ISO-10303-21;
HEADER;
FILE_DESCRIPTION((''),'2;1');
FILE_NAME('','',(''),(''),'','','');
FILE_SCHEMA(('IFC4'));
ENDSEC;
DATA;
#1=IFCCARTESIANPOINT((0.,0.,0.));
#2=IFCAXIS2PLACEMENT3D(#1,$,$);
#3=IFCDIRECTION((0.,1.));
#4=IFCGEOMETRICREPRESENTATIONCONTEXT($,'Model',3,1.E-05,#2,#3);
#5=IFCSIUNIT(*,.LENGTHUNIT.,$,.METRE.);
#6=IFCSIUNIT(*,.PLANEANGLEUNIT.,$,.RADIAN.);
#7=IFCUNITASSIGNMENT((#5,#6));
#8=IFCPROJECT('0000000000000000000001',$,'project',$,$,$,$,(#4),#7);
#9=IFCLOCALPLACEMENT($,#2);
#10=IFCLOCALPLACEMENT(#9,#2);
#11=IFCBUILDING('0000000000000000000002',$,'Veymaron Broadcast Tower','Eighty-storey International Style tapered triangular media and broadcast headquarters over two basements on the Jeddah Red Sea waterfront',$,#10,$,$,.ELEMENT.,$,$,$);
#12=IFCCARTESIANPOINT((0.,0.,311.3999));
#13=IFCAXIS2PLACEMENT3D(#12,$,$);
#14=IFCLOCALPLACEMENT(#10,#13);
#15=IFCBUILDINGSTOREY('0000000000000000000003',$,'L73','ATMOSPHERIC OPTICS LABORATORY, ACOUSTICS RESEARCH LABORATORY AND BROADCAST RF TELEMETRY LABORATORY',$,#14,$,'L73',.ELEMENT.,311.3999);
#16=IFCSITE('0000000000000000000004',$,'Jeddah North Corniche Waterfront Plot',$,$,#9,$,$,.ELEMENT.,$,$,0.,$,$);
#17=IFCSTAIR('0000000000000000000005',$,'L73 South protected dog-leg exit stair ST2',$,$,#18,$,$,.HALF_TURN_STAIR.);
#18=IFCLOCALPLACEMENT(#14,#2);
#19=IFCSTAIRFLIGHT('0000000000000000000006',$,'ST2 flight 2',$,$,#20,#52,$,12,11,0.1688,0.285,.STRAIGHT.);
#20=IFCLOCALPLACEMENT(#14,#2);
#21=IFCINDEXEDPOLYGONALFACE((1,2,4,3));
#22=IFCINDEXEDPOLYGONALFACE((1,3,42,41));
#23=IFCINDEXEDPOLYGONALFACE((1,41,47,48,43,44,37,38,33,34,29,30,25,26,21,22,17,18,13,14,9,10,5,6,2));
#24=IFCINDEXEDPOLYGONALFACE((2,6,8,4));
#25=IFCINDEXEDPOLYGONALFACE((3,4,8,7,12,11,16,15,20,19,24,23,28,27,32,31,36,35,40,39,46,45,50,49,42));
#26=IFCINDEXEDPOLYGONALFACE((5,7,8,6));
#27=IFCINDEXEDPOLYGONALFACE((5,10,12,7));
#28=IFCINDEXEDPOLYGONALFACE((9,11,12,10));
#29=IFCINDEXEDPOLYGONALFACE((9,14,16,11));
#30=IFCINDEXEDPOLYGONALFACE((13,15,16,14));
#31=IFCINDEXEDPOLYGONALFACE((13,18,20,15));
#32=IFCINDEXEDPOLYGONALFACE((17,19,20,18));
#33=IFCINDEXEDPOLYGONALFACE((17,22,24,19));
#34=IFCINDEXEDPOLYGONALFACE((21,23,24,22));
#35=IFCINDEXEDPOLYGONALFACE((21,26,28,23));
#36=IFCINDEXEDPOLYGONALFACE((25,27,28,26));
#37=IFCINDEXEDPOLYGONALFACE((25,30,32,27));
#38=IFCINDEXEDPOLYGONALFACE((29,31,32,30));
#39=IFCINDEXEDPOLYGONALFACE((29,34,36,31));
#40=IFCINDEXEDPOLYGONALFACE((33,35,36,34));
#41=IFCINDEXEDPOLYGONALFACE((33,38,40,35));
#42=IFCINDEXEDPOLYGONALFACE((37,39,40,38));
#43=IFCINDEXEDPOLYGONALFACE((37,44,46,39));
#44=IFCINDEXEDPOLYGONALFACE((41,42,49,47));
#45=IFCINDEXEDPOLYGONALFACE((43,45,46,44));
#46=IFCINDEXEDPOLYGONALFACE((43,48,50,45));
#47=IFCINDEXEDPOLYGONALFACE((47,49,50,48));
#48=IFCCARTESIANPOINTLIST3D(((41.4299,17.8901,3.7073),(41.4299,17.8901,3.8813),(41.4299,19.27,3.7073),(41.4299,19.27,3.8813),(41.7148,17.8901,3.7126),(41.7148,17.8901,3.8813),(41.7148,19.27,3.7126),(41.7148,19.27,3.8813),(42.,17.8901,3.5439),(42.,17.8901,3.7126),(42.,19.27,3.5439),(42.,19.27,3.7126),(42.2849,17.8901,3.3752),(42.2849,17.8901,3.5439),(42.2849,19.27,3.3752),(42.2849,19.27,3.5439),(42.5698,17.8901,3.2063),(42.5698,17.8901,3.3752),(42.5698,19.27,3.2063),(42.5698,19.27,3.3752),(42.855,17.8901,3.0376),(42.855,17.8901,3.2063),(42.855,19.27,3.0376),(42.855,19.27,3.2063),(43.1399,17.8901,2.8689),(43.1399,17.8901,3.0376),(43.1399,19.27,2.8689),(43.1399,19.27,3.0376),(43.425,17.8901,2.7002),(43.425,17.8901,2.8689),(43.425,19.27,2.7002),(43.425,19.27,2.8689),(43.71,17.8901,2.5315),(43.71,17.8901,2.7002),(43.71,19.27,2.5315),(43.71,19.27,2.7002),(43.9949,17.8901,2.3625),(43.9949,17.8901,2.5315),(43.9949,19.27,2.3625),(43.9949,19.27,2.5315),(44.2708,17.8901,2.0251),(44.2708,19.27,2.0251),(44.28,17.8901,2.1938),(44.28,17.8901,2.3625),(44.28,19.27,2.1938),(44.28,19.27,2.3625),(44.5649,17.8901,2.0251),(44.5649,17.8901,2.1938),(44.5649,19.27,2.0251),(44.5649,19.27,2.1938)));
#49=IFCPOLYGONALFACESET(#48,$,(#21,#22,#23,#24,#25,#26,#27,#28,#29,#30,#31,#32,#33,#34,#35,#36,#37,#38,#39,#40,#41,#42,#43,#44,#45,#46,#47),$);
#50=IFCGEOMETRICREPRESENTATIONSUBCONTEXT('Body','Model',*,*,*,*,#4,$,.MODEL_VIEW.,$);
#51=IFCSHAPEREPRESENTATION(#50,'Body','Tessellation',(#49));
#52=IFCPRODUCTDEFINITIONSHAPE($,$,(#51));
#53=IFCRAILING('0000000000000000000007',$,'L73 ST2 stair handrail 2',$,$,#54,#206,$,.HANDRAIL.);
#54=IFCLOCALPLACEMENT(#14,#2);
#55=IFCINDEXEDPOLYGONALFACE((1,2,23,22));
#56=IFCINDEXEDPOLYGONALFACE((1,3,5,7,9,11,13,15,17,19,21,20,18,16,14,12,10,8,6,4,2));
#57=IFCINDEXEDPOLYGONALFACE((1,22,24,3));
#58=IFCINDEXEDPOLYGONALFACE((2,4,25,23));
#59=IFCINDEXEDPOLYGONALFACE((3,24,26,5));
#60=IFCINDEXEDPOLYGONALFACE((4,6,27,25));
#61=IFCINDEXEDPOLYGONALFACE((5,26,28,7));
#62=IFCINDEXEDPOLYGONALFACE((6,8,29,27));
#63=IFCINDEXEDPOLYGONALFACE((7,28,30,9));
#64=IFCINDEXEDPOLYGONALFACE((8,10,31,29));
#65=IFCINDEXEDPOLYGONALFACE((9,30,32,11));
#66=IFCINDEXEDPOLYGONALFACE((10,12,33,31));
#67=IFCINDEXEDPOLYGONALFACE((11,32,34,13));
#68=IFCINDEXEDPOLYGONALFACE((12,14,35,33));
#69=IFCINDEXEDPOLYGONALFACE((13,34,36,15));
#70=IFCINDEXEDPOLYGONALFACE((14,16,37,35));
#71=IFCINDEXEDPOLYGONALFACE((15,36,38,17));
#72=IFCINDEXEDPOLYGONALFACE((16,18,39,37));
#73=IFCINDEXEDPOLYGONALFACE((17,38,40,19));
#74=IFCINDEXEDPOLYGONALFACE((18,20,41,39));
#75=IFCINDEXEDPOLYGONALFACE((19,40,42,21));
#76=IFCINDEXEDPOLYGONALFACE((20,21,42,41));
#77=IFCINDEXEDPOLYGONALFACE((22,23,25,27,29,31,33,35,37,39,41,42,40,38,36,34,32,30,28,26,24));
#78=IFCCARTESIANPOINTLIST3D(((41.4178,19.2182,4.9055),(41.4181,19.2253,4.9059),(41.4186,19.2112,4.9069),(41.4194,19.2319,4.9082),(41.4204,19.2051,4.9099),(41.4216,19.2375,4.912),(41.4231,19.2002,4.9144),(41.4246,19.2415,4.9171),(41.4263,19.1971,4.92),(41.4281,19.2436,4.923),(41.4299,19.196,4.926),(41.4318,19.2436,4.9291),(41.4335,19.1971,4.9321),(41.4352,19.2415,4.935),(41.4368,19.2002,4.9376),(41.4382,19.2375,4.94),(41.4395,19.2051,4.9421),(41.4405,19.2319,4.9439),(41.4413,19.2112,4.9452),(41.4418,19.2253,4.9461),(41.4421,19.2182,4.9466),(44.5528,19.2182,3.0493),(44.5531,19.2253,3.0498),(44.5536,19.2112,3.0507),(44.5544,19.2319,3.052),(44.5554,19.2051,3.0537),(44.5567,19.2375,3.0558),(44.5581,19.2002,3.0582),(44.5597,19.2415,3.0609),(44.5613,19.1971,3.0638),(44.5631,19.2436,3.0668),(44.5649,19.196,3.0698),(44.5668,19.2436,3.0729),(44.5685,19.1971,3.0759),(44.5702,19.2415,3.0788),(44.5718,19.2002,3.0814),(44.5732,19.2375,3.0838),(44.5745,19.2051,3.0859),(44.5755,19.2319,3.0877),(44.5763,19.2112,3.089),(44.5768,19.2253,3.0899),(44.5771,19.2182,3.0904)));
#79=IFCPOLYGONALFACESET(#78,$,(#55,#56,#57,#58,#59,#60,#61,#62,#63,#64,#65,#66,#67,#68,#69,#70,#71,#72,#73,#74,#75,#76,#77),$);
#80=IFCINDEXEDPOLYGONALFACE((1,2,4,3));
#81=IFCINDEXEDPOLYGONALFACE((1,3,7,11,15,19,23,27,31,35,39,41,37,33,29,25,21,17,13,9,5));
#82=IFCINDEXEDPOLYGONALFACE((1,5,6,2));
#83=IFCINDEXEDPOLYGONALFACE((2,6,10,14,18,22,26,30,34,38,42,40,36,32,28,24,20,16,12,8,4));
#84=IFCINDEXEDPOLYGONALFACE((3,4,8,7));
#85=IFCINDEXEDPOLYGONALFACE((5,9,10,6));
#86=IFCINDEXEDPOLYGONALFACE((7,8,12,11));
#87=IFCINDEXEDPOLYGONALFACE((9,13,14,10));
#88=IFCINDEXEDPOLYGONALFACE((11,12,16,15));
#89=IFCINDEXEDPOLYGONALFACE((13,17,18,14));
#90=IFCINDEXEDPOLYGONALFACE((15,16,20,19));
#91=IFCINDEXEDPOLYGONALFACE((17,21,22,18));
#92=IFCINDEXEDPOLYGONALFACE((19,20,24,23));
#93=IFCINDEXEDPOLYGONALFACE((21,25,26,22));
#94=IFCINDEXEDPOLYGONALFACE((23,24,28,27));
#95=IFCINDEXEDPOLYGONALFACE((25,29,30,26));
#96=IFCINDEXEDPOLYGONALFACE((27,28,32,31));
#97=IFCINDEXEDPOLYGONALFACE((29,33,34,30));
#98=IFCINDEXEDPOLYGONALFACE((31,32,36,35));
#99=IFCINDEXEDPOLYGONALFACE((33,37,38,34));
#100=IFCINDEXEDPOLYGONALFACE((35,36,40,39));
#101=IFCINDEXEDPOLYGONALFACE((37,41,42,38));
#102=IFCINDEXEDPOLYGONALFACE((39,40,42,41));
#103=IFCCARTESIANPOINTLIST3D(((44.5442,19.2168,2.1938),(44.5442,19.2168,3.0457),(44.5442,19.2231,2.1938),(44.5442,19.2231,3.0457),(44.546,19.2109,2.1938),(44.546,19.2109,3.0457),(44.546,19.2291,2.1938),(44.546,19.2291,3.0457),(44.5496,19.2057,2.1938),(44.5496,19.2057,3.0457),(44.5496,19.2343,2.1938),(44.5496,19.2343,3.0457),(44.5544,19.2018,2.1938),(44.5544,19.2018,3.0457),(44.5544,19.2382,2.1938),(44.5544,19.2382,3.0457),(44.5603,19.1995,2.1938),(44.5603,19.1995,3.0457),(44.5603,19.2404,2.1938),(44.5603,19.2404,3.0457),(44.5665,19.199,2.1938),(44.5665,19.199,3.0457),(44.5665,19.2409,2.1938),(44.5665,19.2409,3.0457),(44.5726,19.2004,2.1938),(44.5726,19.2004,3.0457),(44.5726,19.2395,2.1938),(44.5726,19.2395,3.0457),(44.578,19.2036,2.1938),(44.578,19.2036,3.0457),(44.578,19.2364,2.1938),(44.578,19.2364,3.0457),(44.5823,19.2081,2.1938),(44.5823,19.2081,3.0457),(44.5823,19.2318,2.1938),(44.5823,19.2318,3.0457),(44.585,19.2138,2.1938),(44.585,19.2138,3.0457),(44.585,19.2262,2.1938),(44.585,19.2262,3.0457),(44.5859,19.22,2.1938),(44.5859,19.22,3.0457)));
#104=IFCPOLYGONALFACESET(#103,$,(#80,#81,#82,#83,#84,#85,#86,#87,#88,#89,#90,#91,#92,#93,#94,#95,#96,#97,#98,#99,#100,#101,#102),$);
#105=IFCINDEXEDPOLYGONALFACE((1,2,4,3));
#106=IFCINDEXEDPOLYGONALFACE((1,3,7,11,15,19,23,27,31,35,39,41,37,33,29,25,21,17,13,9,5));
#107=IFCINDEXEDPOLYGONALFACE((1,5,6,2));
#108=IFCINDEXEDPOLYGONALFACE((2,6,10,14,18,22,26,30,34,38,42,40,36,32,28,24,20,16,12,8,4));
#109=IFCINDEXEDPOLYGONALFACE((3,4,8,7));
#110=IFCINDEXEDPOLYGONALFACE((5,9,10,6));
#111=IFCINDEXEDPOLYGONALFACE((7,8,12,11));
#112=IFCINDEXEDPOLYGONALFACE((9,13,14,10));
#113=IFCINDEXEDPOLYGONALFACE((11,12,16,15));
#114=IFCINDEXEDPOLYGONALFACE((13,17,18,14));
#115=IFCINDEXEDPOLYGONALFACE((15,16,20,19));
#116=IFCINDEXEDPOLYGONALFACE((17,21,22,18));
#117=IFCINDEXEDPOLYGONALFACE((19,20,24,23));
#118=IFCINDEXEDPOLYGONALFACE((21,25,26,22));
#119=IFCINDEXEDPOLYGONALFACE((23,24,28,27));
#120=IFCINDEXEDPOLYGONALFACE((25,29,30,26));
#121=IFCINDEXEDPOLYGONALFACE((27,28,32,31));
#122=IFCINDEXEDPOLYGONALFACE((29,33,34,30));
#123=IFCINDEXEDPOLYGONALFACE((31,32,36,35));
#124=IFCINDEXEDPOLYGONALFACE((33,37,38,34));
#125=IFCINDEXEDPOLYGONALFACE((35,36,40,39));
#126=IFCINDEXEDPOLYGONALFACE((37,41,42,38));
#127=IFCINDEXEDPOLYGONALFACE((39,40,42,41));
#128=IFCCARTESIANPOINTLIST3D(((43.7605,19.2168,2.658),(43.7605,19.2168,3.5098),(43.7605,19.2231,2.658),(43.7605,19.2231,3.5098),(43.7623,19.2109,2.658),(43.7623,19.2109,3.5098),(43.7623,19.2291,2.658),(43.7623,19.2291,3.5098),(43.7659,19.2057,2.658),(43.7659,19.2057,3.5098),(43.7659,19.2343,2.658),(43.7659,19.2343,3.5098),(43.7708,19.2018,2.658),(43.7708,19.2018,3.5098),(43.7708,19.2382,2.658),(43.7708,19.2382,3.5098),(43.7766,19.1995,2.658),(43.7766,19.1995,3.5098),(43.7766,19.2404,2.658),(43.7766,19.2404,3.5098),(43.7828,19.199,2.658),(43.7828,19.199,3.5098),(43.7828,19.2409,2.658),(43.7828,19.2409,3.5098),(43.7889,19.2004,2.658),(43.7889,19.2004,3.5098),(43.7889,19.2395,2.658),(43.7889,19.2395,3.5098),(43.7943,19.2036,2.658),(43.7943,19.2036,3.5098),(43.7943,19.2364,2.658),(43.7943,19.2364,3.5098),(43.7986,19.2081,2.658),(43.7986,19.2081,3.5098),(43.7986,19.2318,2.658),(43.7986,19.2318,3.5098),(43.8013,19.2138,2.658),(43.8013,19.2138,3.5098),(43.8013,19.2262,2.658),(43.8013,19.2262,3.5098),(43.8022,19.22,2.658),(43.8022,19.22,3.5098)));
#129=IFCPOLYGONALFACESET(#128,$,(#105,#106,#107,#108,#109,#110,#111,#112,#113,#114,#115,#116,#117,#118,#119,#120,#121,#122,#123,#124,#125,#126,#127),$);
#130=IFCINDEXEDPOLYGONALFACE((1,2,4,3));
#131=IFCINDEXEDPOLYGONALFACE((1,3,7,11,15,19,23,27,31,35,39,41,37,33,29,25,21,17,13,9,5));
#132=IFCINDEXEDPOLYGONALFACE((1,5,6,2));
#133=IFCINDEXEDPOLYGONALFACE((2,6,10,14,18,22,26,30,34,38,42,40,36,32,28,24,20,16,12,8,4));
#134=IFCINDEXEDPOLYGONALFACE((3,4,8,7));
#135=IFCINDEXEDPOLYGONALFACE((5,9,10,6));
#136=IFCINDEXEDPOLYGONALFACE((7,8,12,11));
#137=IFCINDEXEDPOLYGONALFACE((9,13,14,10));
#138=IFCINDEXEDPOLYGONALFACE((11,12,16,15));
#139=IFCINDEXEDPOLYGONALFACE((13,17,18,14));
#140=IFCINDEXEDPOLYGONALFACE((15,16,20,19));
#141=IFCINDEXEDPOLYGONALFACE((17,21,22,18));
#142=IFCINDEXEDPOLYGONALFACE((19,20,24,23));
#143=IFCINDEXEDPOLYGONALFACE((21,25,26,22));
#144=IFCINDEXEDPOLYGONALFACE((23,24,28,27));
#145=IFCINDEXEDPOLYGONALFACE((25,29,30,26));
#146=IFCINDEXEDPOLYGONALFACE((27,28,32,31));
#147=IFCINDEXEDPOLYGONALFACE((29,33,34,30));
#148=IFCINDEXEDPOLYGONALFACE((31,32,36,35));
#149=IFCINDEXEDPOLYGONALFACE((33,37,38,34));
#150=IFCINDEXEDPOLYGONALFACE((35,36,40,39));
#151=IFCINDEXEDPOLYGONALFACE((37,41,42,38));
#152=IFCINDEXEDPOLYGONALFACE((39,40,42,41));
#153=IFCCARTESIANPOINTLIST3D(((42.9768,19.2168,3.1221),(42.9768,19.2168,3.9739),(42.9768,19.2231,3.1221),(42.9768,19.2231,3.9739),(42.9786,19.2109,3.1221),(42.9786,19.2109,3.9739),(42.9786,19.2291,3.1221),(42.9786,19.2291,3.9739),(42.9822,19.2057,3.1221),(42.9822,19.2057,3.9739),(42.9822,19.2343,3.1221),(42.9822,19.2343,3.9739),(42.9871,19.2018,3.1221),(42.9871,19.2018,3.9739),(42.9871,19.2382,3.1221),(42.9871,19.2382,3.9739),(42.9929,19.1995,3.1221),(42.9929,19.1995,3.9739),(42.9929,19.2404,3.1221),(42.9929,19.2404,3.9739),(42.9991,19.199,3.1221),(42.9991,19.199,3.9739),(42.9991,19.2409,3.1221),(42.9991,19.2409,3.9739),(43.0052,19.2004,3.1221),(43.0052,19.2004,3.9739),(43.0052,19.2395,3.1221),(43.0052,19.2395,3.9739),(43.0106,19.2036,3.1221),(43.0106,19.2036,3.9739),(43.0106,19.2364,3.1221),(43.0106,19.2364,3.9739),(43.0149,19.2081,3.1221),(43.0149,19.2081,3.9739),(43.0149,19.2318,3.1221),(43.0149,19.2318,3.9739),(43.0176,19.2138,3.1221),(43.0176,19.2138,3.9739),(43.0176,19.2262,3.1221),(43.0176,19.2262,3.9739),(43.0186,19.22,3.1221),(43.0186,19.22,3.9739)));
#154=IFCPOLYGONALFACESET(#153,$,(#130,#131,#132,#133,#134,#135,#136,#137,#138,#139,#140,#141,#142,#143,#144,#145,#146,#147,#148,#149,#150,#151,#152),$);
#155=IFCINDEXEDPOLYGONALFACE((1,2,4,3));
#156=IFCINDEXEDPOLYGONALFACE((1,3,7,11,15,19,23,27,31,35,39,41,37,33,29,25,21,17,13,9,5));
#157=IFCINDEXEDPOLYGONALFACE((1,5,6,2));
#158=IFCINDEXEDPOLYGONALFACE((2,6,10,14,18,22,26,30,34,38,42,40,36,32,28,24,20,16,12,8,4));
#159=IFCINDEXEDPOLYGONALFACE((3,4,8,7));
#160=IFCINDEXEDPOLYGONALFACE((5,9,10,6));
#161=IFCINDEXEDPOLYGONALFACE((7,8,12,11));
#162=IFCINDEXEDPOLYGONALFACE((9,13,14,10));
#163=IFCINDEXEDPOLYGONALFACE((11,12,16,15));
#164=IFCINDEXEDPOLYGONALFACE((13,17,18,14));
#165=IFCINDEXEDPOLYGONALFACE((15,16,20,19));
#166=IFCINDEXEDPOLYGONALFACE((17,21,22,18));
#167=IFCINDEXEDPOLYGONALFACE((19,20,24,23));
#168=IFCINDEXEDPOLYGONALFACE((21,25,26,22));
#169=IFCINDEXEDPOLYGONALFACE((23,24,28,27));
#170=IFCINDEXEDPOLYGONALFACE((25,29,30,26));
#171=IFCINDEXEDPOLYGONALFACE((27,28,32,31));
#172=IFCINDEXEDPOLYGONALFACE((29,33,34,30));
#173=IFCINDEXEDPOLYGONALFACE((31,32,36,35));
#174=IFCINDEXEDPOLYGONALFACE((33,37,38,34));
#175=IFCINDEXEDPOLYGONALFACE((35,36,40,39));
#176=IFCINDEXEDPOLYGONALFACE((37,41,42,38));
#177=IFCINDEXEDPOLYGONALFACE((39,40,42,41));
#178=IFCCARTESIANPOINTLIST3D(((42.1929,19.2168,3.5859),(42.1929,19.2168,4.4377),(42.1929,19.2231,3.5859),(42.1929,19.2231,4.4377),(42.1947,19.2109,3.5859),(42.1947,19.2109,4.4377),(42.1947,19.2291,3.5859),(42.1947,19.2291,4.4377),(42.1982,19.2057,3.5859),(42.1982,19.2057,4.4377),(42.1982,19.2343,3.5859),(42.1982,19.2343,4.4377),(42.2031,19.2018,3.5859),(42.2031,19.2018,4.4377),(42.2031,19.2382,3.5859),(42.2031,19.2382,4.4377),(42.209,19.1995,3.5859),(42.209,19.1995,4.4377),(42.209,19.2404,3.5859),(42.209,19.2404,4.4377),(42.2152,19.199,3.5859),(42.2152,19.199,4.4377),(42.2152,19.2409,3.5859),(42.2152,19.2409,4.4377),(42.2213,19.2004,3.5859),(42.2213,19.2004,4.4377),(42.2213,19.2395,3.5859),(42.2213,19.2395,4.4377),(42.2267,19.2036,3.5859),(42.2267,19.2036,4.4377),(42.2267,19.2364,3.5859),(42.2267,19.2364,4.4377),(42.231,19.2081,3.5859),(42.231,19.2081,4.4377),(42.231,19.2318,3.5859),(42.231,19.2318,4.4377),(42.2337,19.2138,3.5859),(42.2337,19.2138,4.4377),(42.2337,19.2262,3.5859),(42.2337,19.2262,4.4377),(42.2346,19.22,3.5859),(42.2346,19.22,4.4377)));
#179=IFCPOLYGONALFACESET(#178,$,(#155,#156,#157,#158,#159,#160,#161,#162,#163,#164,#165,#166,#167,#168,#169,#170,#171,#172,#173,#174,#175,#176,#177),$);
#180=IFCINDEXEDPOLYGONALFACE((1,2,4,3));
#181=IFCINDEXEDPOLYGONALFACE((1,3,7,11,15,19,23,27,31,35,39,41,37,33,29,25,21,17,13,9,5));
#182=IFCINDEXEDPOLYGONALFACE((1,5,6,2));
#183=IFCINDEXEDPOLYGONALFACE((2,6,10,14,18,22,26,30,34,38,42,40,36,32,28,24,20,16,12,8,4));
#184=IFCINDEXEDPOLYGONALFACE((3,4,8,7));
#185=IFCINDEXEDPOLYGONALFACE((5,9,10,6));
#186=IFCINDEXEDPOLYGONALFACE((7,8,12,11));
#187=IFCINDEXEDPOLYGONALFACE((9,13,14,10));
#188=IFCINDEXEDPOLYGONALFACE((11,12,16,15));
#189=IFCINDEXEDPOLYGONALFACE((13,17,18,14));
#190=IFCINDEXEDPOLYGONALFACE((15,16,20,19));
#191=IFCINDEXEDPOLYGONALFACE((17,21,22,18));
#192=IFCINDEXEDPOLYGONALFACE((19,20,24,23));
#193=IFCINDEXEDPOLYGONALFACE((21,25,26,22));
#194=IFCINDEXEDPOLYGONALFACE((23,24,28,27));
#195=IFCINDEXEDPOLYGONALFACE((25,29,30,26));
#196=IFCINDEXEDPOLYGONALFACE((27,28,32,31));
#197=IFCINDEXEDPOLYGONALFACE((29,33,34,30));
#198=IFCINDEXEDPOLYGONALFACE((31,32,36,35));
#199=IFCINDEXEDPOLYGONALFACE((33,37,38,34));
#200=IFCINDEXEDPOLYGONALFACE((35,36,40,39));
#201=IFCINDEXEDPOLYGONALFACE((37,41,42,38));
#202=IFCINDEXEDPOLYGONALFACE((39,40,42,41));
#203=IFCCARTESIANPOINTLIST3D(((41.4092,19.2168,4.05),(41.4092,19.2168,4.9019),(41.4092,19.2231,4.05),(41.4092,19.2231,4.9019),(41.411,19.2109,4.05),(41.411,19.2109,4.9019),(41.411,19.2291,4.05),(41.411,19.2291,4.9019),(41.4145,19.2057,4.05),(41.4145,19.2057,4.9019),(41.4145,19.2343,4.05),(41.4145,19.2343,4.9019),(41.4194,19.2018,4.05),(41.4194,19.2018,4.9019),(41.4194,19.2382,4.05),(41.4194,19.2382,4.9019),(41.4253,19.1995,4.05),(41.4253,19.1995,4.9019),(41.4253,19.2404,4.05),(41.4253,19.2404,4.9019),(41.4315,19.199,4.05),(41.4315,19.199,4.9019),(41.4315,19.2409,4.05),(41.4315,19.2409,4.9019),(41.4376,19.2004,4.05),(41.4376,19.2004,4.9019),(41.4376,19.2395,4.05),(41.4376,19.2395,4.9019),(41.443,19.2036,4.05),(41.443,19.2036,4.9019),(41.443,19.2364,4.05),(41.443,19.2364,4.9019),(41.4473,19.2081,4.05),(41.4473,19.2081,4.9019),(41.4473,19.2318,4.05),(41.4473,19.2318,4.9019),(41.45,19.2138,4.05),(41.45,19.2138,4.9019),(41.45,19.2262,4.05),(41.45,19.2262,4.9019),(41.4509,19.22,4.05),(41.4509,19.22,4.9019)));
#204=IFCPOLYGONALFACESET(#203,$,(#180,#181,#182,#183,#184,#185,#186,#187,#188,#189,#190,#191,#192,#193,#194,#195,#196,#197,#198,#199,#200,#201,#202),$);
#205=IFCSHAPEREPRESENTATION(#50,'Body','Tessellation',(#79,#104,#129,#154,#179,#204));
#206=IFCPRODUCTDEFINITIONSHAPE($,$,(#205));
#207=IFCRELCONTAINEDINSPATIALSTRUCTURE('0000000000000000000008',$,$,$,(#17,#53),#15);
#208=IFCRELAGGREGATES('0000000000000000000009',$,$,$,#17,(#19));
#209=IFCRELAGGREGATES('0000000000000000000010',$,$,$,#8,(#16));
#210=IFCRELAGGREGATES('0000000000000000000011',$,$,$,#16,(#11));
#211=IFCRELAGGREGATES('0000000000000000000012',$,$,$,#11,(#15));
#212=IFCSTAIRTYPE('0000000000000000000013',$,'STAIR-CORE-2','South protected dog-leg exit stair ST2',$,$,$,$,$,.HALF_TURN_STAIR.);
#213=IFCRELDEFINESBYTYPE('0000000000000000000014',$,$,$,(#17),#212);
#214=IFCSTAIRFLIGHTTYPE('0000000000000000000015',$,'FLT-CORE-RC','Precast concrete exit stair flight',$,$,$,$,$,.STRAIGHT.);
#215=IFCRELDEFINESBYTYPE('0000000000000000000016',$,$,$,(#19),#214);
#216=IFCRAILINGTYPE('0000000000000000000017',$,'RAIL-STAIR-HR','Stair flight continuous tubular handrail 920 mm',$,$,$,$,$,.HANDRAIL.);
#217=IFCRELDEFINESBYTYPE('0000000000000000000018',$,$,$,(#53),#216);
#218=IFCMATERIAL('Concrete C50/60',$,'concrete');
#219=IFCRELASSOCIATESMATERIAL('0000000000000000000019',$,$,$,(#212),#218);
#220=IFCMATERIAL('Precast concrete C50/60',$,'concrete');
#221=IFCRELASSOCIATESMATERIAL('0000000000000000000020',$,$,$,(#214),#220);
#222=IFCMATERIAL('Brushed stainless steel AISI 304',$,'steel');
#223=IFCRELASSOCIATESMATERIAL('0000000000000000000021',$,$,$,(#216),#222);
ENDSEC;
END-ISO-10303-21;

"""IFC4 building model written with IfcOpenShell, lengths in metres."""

from ifc_helpers import new_model, si_unit, direction, frame, origin, origin_2d, place, context, subcontext, project, spatial, polyline, circle, outline, extrude, material, type_object, element, aggregate, save


model = new_model("IFC4")

# Units and contexts
model_context = context("Model", 3, precision=1e-05, world=origin(), true_north=direction((0.0, 1.0)))
body_context = subcontext(model_context, "Body", "Model", "MODEL_VIEW")
ifc_project = project(units=[si_unit("LENGTHUNIT", "METRE"), si_unit("PLANEANGLEUNIT", "RADIAN")], contexts=[model_context])

# Site, building, storey
site_placement = place(None, origin())
site = spatial("IfcSite", under=ifc_project, at=site_placement, Name="Jeddah North Corniche Waterfront Plot", CompositionType="ELEMENT", RefElevation=0.0)
building_placement = place(site_placement, origin())
building = spatial("IfcBuilding", under=site, at=building_placement, Name="Veymaron Broadcast Tower", Description="Eighty-storey International Style tapered triangular media and broadcast headquarters over two basements on the Jeddah Red Sea waterfront", CompositionType="ELEMENT")
storey_placement = place(building_placement, frame((0.0, 0.0, 311.3999)))
storey = spatial("IfcBuildingStorey", under=building, at=storey_placement, Name="L73", Description="ATMOSPHERIC OPTICS LABORATORY, ACOUSTICS RESEARCH LABORATORY AND BROADCAST RF TELEMETRY LABORATORY", LongName="L73", CompositionType="ELEMENT", Elevation=311.3999)

# Shared definitions
ifc_material_1 = material(Name="Brushed stainless steel AISI 304", Category="steel")

# Shared definitions
ifc_material_2 = material(Name="Concrete C50/60", Category="concrete")

# Stair, stair flight
stair_type = type_object("IfcStairType", Name="STAIR-CORE-2", Description="South protected dog-leg exit stair ST2", PredefinedType="HALF_TURN_STAIR", material=ifc_material_2)
stair_placement = place(storey_placement, origin())
stair = element("IfcStair", 1, at=stair_placement, inside=storey, type_object=stair_type, Name="L73 South protected dog-leg exit stair ST2", PredefinedType="HALF_TURN_STAIR")
ifc_material_3 = material(Name="Precast concrete C50/60", Category="concrete")
stair_flight_type = type_object("IfcStairFlightType", Name="FLT-CORE-RC", Description="Precast concrete exit stair flight", PredefinedType="STRAIGHT", material=ifc_material_3)
stair_flight_placement = place(storey_placement, frame((44.5649, 18.5801, 2.0251), z_axis=(0.0, 0.0, 1.0), x_axis=(-1.0, 0.0, 0.0)))
stair_flight = element("IfcStairFlight", 2, at=stair_flight_placement, type_object=stair_flight_type, Name="ST2 flight 2", NumberOfRisers=12, NumberOfTreads=11, PredefinedType="STRAIGHT", RiserHeight=0.1688, TreadLength=0.285, context=body_context, shape_type="SweptSolid", body=[
    extrude(outline(polyline([(0.0, 0.0), (0.0, 0.1687), (0.2849, 0.1687), (0.2849, 0.3374), (0.5701, 0.3374), (0.5701, 0.5063), (0.855, 0.5063), (0.855, 0.675), (1.1399, 0.675), (1.1399, 0.8438), (1.425, 0.8438), (1.425, 1.0125), (1.71, 1.0125), (1.71, 1.1812), (1.9951, 1.1812), (1.9951, 1.3501), (2.28, 1.3501), (2.28, 1.5188), (2.5649, 1.5188), (2.5649, 1.6875), (2.8501, 1.6875), (2.8501, 1.8562), (3.135, 1.8562), (3.135, 2.0249), (3.135, 1.6821), (0.2942, 0.0), (0.0, 0.0)])), frame((0.0, 0.6899, 0.0), z_axis=(0.0, -1.0, 0.0), x_axis=(1.0, 0.0, 0.0)), (0.0, 0.0, 1.0), 1.3799),
])
aggregate(stair, [stair_flight])

# Railing
railing_type_1 = type_object("IfcRailingType", Name="RAIL-STAIR-HR", Description="Stair flight continuous tubular handrail 920 mm", PredefinedType="HANDRAIL", material=ifc_material_1)
railing_1_placement = place(storey_placement, frame((44.5649, 19.22, 2.1938)))
element("IfcRailing", 3, at=railing_1_placement, inside=storey, type_object=railing_type_1, Name="L73 ST2 stair handrail 2", PredefinedType="HANDRAIL", context=body_context, shape_type="SweptSolid", body=[
    extrude(circle(Radius=0.0239, at=origin_2d()), frame((0.0, 0.0, 0.876), z_axis=(-0.860482, 0.0, 0.509481), x_axis=(0.0, -1.0, 0.0)), (0.0, 0.0, 1.0), 3.6433),
    extrude(circle(Radius=0.021, at=origin_2d()), origin(), (0.0, 0.0, 1.0), 0.8518),
    extrude(circle(Radius=0.021, at=origin_2d()), frame((-0.7837, 0.0, 0.4641)), (0.0, 0.0, 1.0), 0.8518),
    extrude(circle(Radius=0.021, at=origin_2d()), frame((-1.5674, 0.0, 0.9282)), (0.0, 0.0, 1.0), 0.8518),
    extrude(circle(Radius=0.021, at=origin_2d()), frame((-2.3513, 0.0, 1.3921)), (0.0, 0.0, 1.0), 0.8518),
    extrude(circle(Radius=0.021, at=origin_2d()), frame((-3.135, 0.0, 1.8562)), (0.0, 0.0, 1.0), 0.8518),
])

save(model, "model.ifc")
